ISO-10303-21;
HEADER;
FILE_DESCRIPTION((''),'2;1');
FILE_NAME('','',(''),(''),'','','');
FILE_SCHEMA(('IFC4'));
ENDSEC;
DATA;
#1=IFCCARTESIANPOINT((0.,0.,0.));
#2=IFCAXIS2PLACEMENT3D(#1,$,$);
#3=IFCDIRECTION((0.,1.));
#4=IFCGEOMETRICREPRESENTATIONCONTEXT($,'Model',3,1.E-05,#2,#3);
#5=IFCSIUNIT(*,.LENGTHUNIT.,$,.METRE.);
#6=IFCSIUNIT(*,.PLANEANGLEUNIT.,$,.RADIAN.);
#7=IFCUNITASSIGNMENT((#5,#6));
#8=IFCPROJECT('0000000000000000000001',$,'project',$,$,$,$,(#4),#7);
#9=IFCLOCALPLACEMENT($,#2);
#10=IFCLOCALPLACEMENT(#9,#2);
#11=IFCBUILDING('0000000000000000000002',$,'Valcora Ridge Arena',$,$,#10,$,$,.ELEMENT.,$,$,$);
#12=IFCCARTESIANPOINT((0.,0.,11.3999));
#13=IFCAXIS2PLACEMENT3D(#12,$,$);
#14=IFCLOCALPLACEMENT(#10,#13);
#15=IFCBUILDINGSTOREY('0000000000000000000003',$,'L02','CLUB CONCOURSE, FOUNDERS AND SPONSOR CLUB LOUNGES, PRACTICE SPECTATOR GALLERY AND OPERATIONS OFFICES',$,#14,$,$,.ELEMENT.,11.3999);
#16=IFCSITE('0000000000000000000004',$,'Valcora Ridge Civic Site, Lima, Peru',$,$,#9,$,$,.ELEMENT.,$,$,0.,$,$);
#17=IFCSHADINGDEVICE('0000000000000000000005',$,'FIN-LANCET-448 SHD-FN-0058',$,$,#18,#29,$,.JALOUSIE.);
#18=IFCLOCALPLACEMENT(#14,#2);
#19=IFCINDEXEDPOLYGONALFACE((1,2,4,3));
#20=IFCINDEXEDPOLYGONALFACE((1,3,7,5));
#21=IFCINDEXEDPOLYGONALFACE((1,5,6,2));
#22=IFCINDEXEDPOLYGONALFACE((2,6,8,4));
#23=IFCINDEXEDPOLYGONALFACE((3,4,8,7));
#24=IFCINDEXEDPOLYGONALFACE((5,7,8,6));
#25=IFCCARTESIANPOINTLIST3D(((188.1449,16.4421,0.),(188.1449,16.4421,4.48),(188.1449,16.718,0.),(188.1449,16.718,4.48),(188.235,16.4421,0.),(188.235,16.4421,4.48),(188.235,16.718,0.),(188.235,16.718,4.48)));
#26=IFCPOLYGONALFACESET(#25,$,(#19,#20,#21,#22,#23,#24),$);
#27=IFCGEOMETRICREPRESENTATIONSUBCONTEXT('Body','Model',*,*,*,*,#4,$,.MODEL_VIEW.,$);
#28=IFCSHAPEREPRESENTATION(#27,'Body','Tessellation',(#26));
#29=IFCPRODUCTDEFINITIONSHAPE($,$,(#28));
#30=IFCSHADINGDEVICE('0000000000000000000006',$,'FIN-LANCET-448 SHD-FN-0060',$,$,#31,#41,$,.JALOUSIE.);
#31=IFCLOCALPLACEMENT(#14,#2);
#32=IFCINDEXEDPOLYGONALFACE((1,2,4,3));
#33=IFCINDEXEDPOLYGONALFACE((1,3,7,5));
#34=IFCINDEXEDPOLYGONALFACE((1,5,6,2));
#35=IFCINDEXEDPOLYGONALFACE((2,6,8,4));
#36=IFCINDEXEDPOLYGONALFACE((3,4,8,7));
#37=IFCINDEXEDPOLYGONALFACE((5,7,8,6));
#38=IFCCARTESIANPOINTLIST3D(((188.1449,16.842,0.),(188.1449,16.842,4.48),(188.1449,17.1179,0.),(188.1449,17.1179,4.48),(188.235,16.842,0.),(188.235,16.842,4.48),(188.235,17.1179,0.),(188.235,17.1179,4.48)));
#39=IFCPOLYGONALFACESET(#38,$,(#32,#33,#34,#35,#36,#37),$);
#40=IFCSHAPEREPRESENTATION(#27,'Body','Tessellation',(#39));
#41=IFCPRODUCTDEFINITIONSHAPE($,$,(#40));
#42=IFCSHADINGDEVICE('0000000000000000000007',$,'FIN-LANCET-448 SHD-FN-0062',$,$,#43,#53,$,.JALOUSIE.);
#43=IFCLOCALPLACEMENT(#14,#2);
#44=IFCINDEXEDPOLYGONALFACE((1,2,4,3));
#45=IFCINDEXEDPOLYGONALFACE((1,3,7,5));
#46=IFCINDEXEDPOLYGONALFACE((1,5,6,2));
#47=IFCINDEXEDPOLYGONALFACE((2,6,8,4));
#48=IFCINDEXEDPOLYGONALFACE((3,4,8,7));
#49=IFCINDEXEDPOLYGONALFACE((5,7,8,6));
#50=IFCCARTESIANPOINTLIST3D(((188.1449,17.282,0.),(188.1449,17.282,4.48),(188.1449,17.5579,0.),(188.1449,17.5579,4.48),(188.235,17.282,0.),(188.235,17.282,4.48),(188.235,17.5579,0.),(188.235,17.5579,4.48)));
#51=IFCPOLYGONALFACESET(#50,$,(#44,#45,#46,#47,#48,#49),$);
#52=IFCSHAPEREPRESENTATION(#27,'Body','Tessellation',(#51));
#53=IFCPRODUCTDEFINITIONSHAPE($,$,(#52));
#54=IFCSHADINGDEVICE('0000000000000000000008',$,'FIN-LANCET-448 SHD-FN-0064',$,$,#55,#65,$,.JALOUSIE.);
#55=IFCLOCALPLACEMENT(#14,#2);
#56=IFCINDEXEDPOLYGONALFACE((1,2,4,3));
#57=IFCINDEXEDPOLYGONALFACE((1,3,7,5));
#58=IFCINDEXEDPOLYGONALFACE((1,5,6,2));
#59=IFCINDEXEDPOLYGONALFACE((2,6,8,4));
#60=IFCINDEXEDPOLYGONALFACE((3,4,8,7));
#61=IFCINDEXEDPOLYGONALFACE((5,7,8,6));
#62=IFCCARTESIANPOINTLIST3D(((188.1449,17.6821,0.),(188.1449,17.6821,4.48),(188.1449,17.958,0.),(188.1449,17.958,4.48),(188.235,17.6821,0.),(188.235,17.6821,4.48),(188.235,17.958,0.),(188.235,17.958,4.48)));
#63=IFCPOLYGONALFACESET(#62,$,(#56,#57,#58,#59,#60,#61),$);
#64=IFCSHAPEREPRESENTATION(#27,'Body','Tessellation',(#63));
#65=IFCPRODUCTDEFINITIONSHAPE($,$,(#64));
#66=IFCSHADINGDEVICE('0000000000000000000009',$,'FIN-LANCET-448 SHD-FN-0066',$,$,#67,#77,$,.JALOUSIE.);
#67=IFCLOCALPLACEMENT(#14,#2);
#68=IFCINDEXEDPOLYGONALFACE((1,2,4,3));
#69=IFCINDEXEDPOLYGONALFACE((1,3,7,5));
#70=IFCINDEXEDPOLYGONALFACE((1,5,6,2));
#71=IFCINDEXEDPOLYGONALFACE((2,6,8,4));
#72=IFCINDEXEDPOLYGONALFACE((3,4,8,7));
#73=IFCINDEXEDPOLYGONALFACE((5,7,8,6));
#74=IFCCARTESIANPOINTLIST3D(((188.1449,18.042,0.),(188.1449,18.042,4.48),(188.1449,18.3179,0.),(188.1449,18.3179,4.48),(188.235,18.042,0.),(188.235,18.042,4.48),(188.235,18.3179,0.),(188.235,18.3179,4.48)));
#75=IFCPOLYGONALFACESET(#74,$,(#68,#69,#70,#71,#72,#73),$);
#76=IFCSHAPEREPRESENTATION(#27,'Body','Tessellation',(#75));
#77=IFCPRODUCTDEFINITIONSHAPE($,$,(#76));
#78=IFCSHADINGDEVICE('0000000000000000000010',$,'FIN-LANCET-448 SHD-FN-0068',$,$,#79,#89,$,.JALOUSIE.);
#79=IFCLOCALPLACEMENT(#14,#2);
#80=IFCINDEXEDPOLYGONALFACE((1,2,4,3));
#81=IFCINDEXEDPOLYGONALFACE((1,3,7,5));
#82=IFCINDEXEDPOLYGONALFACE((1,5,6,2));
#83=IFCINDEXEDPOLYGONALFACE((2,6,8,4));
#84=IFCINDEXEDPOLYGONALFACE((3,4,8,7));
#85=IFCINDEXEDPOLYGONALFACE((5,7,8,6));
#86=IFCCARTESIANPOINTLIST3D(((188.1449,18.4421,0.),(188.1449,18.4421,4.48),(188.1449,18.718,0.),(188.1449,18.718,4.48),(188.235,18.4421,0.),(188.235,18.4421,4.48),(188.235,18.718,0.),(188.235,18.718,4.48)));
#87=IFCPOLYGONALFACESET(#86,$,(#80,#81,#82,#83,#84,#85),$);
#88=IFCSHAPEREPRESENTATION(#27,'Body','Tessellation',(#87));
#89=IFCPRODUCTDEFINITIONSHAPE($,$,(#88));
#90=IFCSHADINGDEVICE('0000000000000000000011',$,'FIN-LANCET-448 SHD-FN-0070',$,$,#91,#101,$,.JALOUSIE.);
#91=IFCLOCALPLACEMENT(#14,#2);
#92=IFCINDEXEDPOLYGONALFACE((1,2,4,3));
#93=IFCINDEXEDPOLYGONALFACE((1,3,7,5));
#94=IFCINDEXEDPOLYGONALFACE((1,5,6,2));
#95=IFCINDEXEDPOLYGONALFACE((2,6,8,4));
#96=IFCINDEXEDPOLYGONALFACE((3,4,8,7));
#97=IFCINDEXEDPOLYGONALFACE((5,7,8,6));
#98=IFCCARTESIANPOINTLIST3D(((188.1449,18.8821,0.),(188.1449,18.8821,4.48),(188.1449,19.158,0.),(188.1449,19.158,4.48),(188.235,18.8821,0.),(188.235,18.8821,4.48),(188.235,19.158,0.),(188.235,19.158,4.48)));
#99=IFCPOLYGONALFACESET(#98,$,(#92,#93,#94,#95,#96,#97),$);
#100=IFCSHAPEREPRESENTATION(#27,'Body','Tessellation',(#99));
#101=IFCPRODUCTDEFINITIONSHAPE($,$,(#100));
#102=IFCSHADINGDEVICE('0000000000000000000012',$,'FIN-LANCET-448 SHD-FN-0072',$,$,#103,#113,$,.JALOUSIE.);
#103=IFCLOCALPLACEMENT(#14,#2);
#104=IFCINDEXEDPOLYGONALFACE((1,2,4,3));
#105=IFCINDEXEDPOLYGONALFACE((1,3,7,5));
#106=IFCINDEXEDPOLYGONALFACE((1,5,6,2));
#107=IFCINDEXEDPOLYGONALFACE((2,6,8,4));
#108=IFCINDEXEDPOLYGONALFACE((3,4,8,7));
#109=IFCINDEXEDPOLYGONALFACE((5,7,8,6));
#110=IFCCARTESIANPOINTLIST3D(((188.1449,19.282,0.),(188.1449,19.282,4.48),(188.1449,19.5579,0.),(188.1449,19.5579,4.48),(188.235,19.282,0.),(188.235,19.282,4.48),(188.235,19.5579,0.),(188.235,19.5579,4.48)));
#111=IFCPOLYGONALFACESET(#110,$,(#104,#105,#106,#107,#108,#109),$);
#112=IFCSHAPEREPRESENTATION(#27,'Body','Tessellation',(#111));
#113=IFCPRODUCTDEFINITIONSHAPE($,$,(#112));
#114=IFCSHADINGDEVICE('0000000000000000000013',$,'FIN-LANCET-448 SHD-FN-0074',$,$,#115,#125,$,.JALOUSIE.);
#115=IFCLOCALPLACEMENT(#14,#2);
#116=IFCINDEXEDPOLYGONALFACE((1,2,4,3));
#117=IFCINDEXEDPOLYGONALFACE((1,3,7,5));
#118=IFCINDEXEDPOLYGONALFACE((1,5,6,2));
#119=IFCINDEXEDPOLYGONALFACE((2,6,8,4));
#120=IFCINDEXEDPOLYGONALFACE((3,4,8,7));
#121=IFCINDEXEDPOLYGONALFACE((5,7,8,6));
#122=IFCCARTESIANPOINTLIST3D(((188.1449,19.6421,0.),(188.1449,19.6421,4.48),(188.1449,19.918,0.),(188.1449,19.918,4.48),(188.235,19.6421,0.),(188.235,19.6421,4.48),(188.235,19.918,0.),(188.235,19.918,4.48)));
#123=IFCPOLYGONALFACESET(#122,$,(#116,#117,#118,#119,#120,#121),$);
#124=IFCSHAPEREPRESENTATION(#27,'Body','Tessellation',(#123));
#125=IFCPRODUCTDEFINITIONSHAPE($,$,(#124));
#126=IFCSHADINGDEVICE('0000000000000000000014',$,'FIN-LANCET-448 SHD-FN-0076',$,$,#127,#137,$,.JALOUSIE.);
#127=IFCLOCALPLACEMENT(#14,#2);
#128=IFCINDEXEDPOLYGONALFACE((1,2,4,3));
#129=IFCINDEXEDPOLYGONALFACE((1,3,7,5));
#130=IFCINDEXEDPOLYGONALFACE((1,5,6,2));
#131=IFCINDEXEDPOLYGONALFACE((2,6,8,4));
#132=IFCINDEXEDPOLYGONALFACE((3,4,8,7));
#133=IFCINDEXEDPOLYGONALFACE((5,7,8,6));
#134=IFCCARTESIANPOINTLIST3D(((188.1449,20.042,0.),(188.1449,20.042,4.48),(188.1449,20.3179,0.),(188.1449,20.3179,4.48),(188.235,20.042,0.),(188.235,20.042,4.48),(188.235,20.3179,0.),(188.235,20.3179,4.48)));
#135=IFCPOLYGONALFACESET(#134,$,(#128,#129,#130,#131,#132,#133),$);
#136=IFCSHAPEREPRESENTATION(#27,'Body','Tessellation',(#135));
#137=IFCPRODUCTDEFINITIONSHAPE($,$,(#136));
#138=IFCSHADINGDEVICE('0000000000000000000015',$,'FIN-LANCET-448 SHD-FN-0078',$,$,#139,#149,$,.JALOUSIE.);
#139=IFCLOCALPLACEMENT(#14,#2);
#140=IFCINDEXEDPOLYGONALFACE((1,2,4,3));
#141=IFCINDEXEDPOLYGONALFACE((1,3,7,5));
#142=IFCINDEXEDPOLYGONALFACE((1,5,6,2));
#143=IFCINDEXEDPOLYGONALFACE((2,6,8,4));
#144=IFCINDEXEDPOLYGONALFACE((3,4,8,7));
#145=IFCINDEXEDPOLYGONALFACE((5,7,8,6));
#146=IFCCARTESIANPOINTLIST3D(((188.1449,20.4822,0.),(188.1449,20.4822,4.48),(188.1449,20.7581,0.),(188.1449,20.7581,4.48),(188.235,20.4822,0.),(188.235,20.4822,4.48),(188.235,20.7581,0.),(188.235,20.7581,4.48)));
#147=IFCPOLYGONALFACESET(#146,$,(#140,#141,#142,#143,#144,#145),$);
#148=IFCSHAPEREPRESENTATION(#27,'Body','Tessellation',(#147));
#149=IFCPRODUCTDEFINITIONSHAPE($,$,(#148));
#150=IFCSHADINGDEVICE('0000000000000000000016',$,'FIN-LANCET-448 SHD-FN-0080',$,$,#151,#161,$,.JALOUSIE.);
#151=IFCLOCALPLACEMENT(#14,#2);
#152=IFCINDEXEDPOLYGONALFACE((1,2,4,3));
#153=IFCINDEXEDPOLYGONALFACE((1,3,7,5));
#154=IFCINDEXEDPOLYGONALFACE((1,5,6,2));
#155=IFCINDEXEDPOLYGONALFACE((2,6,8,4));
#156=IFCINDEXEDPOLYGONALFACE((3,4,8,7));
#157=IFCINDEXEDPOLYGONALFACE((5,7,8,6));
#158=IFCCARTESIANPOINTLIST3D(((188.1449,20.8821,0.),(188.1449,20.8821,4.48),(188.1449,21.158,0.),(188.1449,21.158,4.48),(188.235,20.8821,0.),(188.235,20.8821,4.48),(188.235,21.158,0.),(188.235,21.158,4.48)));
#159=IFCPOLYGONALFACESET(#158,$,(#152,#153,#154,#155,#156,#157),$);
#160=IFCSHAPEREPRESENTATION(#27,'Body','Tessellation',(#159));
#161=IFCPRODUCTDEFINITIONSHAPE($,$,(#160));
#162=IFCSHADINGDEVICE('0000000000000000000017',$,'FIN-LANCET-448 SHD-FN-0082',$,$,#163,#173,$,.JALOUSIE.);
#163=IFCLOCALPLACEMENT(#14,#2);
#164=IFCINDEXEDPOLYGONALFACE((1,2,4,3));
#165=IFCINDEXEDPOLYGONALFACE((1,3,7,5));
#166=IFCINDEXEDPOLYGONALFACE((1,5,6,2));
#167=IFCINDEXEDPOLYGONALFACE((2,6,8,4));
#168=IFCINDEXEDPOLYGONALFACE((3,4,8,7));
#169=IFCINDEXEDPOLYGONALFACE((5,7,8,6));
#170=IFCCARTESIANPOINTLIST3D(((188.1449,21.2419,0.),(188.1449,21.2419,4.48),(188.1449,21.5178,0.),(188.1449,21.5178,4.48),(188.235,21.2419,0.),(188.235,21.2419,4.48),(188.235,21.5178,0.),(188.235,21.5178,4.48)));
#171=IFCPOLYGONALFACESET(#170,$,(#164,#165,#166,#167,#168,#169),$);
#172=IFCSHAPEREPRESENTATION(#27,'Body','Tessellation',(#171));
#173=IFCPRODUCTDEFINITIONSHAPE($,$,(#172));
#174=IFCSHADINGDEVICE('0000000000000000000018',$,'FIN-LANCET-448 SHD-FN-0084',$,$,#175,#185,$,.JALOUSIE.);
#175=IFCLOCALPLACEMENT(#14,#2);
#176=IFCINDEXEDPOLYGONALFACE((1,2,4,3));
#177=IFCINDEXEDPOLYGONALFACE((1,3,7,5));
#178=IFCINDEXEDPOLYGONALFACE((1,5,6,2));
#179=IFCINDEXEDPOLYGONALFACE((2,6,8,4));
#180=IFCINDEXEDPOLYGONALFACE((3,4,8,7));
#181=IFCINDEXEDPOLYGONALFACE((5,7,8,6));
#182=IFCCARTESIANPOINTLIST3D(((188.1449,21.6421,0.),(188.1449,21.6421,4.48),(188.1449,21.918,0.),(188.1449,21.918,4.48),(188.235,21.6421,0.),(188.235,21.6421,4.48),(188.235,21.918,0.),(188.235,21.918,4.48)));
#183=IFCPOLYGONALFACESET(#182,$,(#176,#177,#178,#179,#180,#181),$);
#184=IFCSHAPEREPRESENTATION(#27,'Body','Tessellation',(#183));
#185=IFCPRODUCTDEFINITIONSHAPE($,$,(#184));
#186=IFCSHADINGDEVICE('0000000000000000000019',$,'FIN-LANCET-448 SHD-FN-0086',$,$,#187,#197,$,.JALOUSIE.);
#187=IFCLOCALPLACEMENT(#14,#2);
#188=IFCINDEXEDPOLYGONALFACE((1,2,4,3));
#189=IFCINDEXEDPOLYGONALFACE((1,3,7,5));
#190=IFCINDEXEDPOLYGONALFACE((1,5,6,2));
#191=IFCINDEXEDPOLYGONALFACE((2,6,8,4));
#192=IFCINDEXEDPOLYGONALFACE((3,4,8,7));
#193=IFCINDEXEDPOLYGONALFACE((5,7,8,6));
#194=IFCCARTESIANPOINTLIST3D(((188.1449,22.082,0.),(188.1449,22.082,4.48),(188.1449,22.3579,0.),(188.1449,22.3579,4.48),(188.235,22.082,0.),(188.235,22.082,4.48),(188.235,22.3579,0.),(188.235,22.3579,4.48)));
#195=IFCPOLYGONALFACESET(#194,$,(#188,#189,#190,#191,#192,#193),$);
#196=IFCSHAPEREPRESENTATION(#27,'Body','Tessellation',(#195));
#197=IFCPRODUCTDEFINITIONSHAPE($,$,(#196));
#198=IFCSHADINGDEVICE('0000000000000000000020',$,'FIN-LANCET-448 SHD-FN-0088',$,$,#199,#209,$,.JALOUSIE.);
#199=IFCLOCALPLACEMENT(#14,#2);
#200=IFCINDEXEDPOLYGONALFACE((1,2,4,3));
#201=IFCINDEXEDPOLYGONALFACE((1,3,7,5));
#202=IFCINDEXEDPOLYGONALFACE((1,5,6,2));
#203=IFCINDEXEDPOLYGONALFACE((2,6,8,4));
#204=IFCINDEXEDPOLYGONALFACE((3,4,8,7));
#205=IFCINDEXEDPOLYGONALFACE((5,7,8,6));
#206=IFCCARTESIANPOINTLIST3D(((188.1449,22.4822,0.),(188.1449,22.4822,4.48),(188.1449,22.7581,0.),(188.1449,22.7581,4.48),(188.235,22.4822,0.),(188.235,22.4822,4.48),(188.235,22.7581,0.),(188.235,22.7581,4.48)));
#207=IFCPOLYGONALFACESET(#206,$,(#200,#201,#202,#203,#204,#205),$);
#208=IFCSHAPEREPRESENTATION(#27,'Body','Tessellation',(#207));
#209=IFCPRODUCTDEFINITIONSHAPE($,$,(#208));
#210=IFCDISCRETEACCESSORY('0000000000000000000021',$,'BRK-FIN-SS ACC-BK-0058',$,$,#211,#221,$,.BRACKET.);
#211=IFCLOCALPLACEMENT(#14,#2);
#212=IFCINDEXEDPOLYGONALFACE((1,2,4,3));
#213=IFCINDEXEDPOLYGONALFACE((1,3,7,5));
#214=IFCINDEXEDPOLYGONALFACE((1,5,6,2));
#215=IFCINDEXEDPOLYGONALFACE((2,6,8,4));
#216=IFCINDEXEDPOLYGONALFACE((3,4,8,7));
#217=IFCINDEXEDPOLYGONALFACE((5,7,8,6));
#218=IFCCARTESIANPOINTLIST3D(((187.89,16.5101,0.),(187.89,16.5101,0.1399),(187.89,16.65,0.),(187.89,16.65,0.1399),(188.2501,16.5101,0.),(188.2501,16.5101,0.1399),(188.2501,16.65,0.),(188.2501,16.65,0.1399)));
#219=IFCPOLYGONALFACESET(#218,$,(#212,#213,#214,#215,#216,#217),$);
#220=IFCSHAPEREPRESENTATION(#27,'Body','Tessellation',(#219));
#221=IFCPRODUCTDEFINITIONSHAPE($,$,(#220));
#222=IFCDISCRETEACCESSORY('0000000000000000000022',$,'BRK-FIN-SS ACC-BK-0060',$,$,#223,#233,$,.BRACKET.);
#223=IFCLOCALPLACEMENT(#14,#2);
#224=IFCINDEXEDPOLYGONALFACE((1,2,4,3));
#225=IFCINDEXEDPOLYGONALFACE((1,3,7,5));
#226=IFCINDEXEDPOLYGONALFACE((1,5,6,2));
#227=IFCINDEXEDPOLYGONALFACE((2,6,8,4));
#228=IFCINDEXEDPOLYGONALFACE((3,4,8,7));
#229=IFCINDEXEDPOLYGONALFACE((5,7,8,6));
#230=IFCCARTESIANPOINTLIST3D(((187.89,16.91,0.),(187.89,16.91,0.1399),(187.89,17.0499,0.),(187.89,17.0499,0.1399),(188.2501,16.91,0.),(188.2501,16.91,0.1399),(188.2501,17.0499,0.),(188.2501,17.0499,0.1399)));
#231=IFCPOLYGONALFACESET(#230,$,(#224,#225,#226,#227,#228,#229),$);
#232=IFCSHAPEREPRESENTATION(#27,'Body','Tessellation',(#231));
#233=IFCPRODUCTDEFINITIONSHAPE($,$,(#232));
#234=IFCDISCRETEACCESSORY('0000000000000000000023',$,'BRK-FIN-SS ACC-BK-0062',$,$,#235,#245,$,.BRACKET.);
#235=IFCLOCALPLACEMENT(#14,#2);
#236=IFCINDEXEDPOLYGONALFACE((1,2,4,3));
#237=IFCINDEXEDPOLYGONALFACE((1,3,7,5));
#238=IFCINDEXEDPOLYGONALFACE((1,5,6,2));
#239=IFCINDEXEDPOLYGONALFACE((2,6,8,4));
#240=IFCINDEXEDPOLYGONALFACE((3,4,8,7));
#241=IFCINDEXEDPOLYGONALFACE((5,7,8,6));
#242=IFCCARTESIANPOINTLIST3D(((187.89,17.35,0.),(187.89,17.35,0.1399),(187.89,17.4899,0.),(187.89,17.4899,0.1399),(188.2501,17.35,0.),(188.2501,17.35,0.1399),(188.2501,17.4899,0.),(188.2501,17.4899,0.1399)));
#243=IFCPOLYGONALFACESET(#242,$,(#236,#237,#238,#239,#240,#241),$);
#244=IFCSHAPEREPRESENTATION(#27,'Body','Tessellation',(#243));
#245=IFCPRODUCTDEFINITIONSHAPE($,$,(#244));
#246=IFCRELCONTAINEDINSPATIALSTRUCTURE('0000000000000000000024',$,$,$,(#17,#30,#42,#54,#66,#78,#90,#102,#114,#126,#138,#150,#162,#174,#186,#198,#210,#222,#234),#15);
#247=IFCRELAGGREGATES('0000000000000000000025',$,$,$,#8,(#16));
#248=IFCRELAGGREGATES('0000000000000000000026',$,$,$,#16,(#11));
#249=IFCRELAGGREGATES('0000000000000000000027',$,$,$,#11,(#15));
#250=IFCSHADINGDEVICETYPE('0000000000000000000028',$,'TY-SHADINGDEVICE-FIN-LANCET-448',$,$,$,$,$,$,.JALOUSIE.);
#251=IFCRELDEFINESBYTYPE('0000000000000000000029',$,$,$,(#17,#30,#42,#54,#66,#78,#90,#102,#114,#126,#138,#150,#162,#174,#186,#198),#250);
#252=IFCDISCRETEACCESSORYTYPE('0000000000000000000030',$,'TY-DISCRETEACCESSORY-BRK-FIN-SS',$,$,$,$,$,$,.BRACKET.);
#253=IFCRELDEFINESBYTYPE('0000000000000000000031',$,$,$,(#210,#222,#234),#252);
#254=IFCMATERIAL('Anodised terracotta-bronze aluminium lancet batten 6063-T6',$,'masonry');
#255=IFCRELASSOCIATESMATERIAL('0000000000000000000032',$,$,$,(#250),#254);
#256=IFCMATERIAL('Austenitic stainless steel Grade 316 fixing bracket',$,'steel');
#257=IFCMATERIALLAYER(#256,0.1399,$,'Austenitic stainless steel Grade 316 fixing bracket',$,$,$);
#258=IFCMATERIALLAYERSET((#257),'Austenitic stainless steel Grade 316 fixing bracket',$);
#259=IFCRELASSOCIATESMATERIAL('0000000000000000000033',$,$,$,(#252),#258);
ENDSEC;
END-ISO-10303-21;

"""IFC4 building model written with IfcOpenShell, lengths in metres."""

from ifc_helpers import new_model, si_unit, direction, frame, origin, origin_2d, place, context, subcontext, project, spatial, rectangle, extrude, material, layer, layer_set, material_profile, profile_set, type_object, element, save


model = new_model("IFC4")

# Units and contexts
model_context = context("Model", 3, precision=1e-05, world=origin(), true_north=direction((0.0, 1.0)))
body_context = subcontext(model_context, "Body", "Model", "MODEL_VIEW")
ifc_project = project(units=[si_unit("LENGTHUNIT", "METRE"), si_unit("PLANEANGLEUNIT", "RADIAN")], contexts=[model_context])

# Site, building, storey
site_placement = place(None, origin())
site = spatial("IfcSite", under=ifc_project, at=site_placement, Name="Valcora Ridge Civic Site, Lima, Peru", CompositionType="ELEMENT", RefElevation=0.0)
building_placement = place(site_placement, origin())
building = spatial("IfcBuilding", under=site, at=building_placement, Name="Valcora Ridge Arena", CompositionType="ELEMENT")
storey_placement = place(building_placement, frame((0.0, 0.0, 11.3999)))
storey = spatial("IfcBuildingStorey", under=building, at=storey_placement, Name="L02", Description="CLUB CONCOURSE, FOUNDERS AND SPONSOR CLUB LOUNGES, PRACTICE SPECTATOR GALLERY AND OPERATIONS OFFICES", CompositionType="ELEMENT", Elevation=11.3999)

# Shading devices
ifc_material_1 = material(Name="Anodised terracotta-bronze aluminium lancet batten 6063-T6", Category="masonry")
ifc_material_profile_1 = material_profile(ifc_material_1, rectangle(XDim=0.0901, YDim=0.2759, at=origin_2d()), Name="ALU LANCET BATTEN 90x276")
ifc_profile_set_1 = profile_set([ifc_material_profile_1], Name="Anodised terracotta-bronze aluminium lancet batten 6063-T6")
shading_device_type = type_object("IfcShadingDeviceType", Name="TY-SHADINGDEVICE-FIN-LANCET-448", PredefinedType="JALOUSIE", material=ifc_profile_set_1)
for number, where, z_axis, x_axis, name in (
    (1, (188.1899, 16.5801, 0.0), (0.0, 0.0, 1.0), (1.0, 0.0, 0.0), "FIN-LANCET-448 SHD-FN-0058"),
    (2, (188.1899, 16.98, 0.0), (0.0, 0.0, 1.0), (1.0, 0.0, 0.0), "FIN-LANCET-448 SHD-FN-0060"),
    (3, (188.1899, 17.4199, 0.0), (0.0, 0.0, 1.0), (1.0, 0.0, 0.0), "FIN-LANCET-448 SHD-FN-0062"),
    (4, (188.1899, 17.8201, 0.0), (0.0, 0.0, 1.0), (1.0, 0.0, 0.0), "FIN-LANCET-448 SHD-FN-0064"),
    (5, (188.1899, 18.1799, 0.0), (0.0, 0.0, 1.0), (1.0, 0.0, 0.0), "FIN-LANCET-448 SHD-FN-0066"),
    (6, (188.1899, 18.5801, 0.0), (0.0, 0.0, 1.0), (1.0, 0.0, 0.0), "FIN-LANCET-448 SHD-FN-0068"),
    (7, (188.1899, 19.02, 0.0), (0.0, 0.0, 1.0), (1.0, 0.0, 0.0), "FIN-LANCET-448 SHD-FN-0070"),
    (8, (188.1899, 19.4199, 0.0), (0.0, 0.0, 1.0), (1.0, 0.0, 0.0), "FIN-LANCET-448 SHD-FN-0072"),
    (9, (188.1899, 19.78, 0.0), (0.0, 0.0, 1.0), (1.0, 0.0, 0.0), "FIN-LANCET-448 SHD-FN-0074"),
    (10, (188.1899, 20.1799, 0.0), (0.0, 0.0, 1.0), (1.0, 0.0, 0.0), "FIN-LANCET-448 SHD-FN-0076"),
    (11, (188.1899, 20.6201, 0.0), (0.0, 0.0, 1.0), (1.0, 0.0, 0.0), "FIN-LANCET-448 SHD-FN-0078"),
    (12, (188.1899, 21.02, 0.0), (0.0, 0.0, 1.0), (1.0, 0.0, 0.0), "FIN-LANCET-448 SHD-FN-0080"),
    (13, (188.1899, 21.3799, 0.0), (0.0, 0.0, 1.0), (1.0, 0.0, 0.0), "FIN-LANCET-448 SHD-FN-0082"),
    (14, (188.1899, 21.78, 0.0), (0.0, 0.0, 1.0), (1.0, 0.0, 0.0), "FIN-LANCET-448 SHD-FN-0084"),
    (15, (188.1899, 22.22, 0.0), (0.0, 0.0, 1.0), (1.0, 0.0, 0.0), "FIN-LANCET-448 SHD-FN-0086"),
    (16, (188.1899, 22.6201, 0.0), (0.0, 0.0, 1.0), (1.0, 0.0, 0.0), "FIN-LANCET-448 SHD-FN-0088"),
):
    element("IfcShadingDevice", number, at=place(storey_placement, frame(where, z_axis=z_axis, x_axis=x_axis)), inside=storey, type_object=shading_device_type, Name=name, PredefinedType="JALOUSIE", context=body_context, shape_type="SweptSolid", body=[
        extrude(rectangle(XDim=0.0901, YDim=0.2759, at=origin_2d()), origin(), (0.0, 0.0, 1.0), 4.48),
    ])

# Discrete accessories
ifc_material_2 = material(Name="Austenitic stainless steel Grade 316 fixing bracket", Category="steel")
ifc_layer_1 = layer(ifc_material_2, 0.1399, Name="Austenitic stainless steel Grade 316 fixing bracket")
ifc_layer_set_1 = layer_set([ifc_layer_1], Name="Austenitic stainless steel Grade 316 fixing bracket")
discrete_accessory_type = type_object("IfcDiscreteAccessoryType", Name="TY-DISCRETEACCESSORY-BRK-FIN-SS", PredefinedType="BRACKET", material=ifc_layer_set_1)
for number, where, z_axis, x_axis, name in (
    (17, (188.0701, 16.5801, 0.0), (0.0, 0.0, 1.0), (1.0, 0.0, 0.0), "BRK-FIN-SS ACC-BK-0058"),
    (18, (188.0701, 16.98, 0.0), (0.0, 0.0, 1.0), (1.0, 0.0, 0.0), "BRK-FIN-SS ACC-BK-0060"),
    (19, (188.0701, 17.4199, 0.0), (0.0, 0.0, 1.0), (1.0, 0.0, 0.0), "BRK-FIN-SS ACC-BK-0062"),
):
    element("IfcDiscreteAccessory", number, at=place(storey_placement, frame(where, z_axis=z_axis, x_axis=x_axis)), inside=storey, type_object=discrete_accessory_type, Name=name, PredefinedType="BRACKET", context=body_context, shape_type="SweptSolid", body=[
        extrude(rectangle(XDim=0.3601, YDim=0.1399, at=origin_2d()), origin(), (0.0, 0.0, 1.0), 0.1399),
    ])

save(model, "model.ifc")
